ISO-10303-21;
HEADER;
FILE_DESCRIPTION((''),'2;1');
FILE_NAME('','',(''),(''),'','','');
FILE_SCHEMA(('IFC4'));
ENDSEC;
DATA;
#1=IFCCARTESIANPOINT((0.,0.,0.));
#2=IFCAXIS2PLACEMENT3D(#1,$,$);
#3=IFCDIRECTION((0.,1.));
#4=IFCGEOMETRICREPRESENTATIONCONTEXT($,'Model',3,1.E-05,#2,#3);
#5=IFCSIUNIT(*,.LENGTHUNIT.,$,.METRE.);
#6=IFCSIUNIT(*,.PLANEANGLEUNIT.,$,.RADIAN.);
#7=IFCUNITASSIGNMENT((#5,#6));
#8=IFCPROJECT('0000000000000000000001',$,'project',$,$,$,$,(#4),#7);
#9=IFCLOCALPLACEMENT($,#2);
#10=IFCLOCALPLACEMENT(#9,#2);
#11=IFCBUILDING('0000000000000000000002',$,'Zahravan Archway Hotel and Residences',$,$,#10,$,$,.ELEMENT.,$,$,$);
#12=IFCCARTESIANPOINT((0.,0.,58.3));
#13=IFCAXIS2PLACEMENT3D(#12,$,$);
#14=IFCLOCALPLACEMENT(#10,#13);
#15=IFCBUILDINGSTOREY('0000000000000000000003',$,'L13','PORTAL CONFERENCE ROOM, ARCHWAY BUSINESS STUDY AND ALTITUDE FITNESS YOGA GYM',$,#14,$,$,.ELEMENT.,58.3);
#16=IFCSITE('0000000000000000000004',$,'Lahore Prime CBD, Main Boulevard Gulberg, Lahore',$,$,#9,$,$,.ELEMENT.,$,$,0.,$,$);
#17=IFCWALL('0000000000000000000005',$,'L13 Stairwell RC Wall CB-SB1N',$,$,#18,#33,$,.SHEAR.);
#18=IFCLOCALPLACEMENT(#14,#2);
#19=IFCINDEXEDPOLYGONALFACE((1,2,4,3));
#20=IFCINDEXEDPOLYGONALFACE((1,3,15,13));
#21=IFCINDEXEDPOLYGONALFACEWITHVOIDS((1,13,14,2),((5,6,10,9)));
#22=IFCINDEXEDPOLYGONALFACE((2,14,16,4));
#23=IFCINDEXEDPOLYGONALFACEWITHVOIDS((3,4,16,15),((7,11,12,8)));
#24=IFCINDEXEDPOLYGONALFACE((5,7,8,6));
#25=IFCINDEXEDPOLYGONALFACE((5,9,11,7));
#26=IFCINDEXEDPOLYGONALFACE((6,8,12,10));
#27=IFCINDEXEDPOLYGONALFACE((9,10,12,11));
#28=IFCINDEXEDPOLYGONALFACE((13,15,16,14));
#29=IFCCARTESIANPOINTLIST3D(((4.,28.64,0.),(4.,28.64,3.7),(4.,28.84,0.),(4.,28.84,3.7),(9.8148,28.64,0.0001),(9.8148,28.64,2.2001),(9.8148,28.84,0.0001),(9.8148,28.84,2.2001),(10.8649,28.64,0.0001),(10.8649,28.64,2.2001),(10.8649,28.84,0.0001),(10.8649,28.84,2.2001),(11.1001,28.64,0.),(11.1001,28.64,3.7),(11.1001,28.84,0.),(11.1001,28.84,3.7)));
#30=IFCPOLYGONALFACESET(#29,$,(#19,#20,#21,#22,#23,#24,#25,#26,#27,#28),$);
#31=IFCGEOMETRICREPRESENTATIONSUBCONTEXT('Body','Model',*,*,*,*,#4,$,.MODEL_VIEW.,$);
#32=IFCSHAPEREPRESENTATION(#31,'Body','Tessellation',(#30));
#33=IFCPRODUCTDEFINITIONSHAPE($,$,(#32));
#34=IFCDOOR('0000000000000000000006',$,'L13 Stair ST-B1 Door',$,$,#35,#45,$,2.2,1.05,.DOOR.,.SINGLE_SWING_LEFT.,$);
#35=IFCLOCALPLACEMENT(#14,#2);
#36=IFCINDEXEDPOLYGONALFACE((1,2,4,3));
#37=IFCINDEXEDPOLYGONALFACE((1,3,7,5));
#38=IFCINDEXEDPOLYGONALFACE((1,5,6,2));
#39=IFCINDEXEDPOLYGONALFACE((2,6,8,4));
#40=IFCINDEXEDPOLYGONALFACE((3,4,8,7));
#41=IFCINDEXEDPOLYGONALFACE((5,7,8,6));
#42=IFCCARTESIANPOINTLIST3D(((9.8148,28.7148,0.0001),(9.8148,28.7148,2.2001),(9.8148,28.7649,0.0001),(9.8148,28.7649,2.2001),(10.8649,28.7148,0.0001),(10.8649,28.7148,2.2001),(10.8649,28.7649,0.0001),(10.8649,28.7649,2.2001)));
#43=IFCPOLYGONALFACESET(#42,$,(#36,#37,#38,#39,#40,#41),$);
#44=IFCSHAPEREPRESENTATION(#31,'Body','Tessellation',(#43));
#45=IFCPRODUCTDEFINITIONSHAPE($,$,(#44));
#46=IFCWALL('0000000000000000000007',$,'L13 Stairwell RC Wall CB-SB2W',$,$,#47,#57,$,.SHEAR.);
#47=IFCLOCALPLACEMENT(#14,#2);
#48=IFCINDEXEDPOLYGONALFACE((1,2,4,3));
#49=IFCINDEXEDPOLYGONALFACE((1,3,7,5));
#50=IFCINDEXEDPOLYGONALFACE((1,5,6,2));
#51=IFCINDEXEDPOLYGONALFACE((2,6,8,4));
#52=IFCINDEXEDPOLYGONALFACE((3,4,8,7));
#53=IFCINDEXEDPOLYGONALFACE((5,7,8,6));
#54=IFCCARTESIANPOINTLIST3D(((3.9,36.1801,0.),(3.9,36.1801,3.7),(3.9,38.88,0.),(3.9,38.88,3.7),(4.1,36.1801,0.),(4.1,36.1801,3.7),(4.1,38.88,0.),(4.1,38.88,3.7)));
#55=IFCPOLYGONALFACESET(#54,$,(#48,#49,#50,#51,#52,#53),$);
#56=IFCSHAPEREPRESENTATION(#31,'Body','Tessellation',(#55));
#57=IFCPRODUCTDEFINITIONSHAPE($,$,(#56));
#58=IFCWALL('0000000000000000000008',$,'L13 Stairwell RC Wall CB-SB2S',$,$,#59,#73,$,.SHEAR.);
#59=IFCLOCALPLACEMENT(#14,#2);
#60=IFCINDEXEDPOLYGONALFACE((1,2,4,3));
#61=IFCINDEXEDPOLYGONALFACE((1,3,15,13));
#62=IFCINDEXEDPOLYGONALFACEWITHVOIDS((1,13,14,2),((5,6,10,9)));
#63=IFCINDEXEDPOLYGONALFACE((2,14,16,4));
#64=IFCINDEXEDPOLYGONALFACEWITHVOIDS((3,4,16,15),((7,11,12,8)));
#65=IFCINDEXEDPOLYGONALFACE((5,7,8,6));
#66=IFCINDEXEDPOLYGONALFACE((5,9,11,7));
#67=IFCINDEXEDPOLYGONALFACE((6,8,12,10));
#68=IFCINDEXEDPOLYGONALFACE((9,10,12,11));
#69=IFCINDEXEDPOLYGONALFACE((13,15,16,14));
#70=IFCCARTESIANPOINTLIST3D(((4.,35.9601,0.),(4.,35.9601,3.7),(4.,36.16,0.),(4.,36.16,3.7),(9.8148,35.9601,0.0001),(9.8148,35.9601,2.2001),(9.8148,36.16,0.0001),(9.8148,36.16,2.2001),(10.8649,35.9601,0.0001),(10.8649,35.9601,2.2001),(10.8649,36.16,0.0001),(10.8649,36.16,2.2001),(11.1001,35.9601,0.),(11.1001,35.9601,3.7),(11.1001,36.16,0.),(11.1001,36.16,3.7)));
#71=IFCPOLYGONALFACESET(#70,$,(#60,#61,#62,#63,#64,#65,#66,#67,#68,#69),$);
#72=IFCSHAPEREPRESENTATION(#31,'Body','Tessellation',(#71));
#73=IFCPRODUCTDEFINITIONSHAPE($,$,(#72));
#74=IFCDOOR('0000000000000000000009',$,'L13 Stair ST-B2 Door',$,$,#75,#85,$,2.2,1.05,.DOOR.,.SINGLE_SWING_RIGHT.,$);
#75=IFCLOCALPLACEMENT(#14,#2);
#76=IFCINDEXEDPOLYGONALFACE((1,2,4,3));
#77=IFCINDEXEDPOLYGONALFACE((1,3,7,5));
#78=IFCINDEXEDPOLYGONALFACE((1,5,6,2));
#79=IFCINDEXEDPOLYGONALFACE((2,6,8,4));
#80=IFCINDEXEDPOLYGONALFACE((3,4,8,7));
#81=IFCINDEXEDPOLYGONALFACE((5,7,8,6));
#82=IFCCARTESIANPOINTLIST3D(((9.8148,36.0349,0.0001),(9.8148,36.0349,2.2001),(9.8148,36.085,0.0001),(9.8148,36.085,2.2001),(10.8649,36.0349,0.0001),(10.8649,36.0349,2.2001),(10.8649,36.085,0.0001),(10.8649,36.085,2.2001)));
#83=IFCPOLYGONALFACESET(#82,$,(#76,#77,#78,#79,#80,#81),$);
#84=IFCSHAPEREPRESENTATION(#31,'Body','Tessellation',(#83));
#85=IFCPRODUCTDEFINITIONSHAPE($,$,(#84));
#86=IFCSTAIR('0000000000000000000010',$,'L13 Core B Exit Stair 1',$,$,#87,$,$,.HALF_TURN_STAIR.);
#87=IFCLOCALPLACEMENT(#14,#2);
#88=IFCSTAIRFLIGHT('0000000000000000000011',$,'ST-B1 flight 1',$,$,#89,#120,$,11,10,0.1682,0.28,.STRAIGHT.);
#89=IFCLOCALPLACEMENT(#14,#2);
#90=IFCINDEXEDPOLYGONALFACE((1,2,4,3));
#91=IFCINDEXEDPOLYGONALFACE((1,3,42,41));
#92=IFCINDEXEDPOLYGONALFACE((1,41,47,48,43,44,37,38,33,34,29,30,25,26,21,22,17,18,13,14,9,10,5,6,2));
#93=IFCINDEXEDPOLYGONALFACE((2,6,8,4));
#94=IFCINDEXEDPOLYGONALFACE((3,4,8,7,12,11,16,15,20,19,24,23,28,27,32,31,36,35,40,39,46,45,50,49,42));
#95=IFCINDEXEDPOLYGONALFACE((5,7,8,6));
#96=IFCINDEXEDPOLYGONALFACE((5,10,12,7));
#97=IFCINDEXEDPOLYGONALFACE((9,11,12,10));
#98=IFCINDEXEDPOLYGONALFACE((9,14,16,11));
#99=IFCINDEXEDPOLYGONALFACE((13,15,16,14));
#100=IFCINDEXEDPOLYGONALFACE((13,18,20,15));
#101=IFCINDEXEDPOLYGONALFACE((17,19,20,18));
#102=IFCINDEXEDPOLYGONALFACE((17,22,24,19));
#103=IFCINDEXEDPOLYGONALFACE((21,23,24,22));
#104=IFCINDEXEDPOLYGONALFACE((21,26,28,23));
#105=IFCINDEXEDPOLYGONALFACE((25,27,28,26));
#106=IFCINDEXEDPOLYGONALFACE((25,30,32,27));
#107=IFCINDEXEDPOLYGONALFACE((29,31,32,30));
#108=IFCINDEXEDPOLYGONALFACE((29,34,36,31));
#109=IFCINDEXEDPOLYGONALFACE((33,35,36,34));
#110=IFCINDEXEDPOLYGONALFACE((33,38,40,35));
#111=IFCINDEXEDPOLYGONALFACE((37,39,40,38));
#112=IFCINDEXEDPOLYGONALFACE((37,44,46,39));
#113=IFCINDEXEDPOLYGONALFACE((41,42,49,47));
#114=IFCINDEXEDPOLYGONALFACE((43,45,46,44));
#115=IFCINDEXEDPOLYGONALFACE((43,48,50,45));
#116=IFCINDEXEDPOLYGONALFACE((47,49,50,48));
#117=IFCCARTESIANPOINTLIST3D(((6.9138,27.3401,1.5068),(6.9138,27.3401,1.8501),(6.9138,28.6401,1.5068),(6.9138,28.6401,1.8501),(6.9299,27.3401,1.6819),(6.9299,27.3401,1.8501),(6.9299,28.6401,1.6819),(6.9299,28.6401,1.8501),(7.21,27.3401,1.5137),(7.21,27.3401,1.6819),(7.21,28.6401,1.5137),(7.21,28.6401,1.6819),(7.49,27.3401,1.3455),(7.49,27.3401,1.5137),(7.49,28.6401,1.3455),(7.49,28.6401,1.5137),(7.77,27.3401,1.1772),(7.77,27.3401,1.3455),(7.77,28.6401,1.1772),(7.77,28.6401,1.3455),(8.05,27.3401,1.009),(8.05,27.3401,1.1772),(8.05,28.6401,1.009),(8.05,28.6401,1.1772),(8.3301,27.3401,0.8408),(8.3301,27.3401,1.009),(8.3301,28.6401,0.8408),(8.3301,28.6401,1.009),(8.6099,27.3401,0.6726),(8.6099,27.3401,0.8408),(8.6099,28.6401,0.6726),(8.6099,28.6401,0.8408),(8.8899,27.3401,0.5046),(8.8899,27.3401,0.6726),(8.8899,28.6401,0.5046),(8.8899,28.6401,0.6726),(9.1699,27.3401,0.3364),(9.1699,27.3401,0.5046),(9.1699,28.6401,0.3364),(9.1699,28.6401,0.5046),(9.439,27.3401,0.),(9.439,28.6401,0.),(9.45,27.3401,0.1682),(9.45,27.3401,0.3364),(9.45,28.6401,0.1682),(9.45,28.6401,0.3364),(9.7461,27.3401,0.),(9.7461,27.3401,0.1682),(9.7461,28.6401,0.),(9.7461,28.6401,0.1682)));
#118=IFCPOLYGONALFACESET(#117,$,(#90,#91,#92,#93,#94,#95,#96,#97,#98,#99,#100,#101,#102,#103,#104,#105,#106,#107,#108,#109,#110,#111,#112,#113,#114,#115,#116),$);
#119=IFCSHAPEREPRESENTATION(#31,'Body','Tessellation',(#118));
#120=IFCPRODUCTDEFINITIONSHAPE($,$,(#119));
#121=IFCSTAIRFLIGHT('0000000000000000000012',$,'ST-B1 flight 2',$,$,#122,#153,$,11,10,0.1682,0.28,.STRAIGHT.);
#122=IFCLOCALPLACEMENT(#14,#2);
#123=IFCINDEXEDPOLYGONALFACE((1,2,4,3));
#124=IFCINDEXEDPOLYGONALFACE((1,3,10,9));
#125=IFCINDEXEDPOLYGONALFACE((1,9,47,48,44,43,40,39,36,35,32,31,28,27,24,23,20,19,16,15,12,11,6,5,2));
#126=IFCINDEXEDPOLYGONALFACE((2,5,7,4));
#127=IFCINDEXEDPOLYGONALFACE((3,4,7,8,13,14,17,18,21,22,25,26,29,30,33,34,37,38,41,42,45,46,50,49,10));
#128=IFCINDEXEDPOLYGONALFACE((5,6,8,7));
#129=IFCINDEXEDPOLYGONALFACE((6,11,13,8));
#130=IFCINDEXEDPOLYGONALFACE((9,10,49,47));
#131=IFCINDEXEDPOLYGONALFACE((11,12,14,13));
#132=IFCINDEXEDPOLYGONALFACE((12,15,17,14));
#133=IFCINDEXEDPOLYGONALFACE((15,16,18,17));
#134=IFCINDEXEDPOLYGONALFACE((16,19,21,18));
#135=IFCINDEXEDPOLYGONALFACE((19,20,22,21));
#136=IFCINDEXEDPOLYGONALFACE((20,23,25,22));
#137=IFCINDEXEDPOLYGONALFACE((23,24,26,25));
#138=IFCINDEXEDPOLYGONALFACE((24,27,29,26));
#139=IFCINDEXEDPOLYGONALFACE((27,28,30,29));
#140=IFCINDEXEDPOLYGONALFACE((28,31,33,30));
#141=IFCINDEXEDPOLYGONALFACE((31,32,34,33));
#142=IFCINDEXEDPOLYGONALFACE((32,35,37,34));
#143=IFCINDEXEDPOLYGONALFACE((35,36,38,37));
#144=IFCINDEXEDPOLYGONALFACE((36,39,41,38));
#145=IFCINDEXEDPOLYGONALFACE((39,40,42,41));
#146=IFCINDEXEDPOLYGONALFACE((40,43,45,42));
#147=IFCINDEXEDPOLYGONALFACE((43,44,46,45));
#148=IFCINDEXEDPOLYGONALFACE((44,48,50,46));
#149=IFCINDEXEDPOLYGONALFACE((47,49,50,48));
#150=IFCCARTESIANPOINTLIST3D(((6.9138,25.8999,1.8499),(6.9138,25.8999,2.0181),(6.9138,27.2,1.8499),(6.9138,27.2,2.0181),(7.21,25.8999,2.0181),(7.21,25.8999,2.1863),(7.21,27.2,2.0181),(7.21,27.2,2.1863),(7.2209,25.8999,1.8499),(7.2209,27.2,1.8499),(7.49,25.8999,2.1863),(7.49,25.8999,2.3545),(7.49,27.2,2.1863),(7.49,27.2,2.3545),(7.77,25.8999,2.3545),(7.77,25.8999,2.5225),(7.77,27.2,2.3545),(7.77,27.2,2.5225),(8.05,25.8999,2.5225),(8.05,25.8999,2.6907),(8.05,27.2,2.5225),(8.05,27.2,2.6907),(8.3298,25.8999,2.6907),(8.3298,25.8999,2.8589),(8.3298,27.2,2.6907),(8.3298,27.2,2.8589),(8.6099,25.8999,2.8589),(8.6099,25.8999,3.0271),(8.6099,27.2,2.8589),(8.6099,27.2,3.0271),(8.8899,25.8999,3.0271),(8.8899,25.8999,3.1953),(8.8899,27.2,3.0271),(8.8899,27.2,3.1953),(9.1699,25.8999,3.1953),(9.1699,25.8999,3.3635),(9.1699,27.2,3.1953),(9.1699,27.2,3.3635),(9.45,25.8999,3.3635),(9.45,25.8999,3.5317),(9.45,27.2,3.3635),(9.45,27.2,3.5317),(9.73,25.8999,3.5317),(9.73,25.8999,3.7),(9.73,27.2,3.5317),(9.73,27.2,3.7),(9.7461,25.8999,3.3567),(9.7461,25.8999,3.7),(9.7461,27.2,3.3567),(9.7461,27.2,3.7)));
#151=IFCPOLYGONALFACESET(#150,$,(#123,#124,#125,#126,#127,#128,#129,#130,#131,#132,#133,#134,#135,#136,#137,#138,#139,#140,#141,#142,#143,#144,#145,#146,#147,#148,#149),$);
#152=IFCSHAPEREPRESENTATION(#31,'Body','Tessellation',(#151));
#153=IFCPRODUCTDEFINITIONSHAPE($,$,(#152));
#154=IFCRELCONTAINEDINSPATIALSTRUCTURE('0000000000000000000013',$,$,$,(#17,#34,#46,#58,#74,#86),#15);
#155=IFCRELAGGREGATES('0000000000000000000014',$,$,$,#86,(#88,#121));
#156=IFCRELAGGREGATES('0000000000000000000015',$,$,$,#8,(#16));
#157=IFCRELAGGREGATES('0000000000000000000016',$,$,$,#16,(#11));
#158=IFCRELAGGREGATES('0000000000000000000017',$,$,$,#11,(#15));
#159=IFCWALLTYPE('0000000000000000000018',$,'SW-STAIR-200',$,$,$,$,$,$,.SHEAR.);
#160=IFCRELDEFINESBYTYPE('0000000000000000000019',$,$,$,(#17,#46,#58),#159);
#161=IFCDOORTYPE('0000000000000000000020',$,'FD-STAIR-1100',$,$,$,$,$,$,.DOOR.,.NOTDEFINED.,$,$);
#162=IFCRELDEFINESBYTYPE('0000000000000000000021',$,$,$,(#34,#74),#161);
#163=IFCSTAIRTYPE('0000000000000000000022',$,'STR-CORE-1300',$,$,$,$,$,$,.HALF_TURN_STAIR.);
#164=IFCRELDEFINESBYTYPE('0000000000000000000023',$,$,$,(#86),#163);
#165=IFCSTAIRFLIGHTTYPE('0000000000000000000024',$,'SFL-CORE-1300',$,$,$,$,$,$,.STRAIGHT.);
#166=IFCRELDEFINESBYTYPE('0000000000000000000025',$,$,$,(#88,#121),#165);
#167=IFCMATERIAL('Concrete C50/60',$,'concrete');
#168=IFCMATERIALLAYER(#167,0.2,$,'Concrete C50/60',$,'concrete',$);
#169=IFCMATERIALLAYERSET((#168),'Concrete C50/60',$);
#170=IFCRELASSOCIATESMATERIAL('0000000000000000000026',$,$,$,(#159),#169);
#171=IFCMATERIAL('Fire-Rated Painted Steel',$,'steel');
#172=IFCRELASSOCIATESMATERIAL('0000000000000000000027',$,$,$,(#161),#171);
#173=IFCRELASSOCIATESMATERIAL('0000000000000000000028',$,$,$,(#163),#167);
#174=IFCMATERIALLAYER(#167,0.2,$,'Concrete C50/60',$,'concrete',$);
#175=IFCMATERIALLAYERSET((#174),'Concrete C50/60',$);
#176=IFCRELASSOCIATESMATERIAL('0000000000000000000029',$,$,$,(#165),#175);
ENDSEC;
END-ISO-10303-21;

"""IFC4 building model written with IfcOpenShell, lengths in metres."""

from ifc_helpers import new_model, si_unit, direction, frame, frame_2d, origin, place, context, subcontext, project, spatial, polyline, rectangle, outline, extrude, source, transform, mapped, material, layer, layer_set, type_object, type_shapes, element, fill, aggregate, save


model = new_model("IFC4")

# Units and contexts
model_context = context("Model", 3, precision=1e-05, world=origin(), true_north=direction((0.0, 1.0)))
body_context = subcontext(model_context, "Body", "Model", "MODEL_VIEW")
ifc_project = project(units=[si_unit("LENGTHUNIT", "METRE"), si_unit("PLANEANGLEUNIT", "RADIAN")], contexts=[model_context])

# Site, building, storey
site_placement = place(None, origin())
site = spatial("IfcSite", under=ifc_project, at=site_placement, Name="Lahore Prime CBD, Main Boulevard Gulberg, Lahore", CompositionType="ELEMENT", RefElevation=0.0)
building_placement = place(site_placement, origin())
building = spatial("IfcBuilding", under=site, at=building_placement, Name="Zahravan Archway Hotel and Residences", CompositionType="ELEMENT")
storey_placement = place(building_placement, frame((0.0, 0.0, 58.3)))
storey = spatial("IfcBuildingStorey", under=building, at=storey_placement, Name="L13", Description="PORTAL CONFERENCE ROOM, ARCHWAY BUSINESS STUDY AND ALTITUDE FITNESS YOGA GYM", CompositionType="ELEMENT", Elevation=58.3)

# Shared definitions
ifc_material_1 = material(Name="Fire-Rated Painted Steel", Category="steel")

# Shared definitions
ifc_material_2 = material(Name="Concrete C50/60", Category="concrete")
ifc_layer_1 = layer(ifc_material_2, 0.2, Name="Concrete C50/60", Category="concrete")
ifc_layer_set_1 = layer_set([ifc_layer_1], Name="Concrete C50/60")
wall_type_1 = type_object("IfcWallType", Name="SW-STAIR-200", PredefinedType="SHEAR", material=ifc_layer_set_1)

# Wall, opening, door
wall_1_placement = place(storey_placement, frame((4.0, 28.74, 0.0), z_axis=(0.0, 0.0, 1.0), x_axis=(1.0, 0.0, 0.0)))
wall_1 = element("IfcWall", 1, at=wall_1_placement, inside=storey, type_object=wall_type_1, Name="L13 Stairwell RC Wall CB-SB1N", PredefinedType="SHEAR", context=body_context, shape_type="SweptSolid", body=[
    extrude(rectangle(XDim=7.1001, YDim=0.2, at=frame_2d((3.55, 0.0))), origin(), (0.0, 0.0, 1.0), 3.7),
])
opening_1_placement = place(wall_1_placement, frame((5.8149, 0.0, 0.0)))
opening_1 = element("IfcOpeningElement", 2, at=opening_1_placement, cuts=wall_1, PredefinedType="OPENING", context=body_context, shape_type="SweptSolid", body=[
    extrude(rectangle(XDim=1.05, YDim=2.2, at=frame_2d((0.5249, 1.1001))), frame((0.0, 0.1099, 0.0), z_axis=(0.0, -1.0, 0.0), x_axis=(1.0, 0.0, 0.0)), (0.0, 0.0, 1.0), 0.22),
])
door_type_1 = type_object("IfcDoorType", Name="FD-STAIR-1100", OperationType="NOTDEFINED", PredefinedType="DOOR", material=ifc_material_1)
shared_shape_1 = source(origin(), body_context, "Body", "SweptSolid", [
    extrude(rectangle(XDim=1.05, YDim=2.2, at=frame_2d((0.5249, 1.1001))), frame((0.0, 0.0249, 0.0), z_axis=(0.0, -1.0, 0.0), x_axis=(1.0, 0.0, 0.0)), (0.0, 0.0, 1.0), 0.05),
])
type_shapes(door_type_1, [shared_shape_1])
door_1_placement = place(opening_1_placement, origin())
door_1 = element("IfcDoor", 3, at=door_1_placement, inside=storey, type_object=door_type_1, Name="L13 Stair ST-B1 Door", OperationType="SINGLE_SWING_LEFT", OverallHeight=2.2, OverallWidth=1.05, PredefinedType="DOOR", context=body_context, shape_type="MappedRepresentation", body=[
    mapped(shared_shape_1, transform((0.0, 0.0, 0.0), scale=1.0)),
])
fill(opening_1, door_1)

# Wall
wall_2_placement = place(storey_placement, frame((4.0, 36.1799, 0.0), z_axis=(0.0, 0.0, 1.0), x_axis=(0.0, 1.0, 0.0)))
element("IfcWall", 4, at=wall_2_placement, inside=storey, type_object=wall_type_1, Name="L13 Stairwell RC Wall CB-SB2W", PredefinedType="SHEAR", context=body_context, shape_type="SweptSolid", body=[
    extrude(rectangle(XDim=2.7, YDim=0.2, at=frame_2d((1.3501, 0.0))), origin(), (0.0, 0.0, 1.0), 3.7),
])

# Wall, opening, door
wall_3_placement = place(storey_placement, frame((4.0, 36.0601, 0.0), z_axis=(0.0, 0.0, 1.0), x_axis=(1.0, 0.0, 0.0)))
wall_3 = element("IfcWall", 5, at=wall_3_placement, inside=storey, type_object=wall_type_1, Name="L13 Stairwell RC Wall CB-SB2S", PredefinedType="SHEAR", context=body_context, shape_type="SweptSolid", body=[
    extrude(rectangle(XDim=7.1001, YDim=0.2, at=frame_2d((3.55, 0.0))), origin(), (0.0, 0.0, 1.0), 3.7),
])
opening_2_placement = place(wall_3_placement, frame((5.8149, 0.0, 0.0)))
opening_2 = element("IfcOpeningElement", 6, at=opening_2_placement, cuts=wall_3, PredefinedType="OPENING", context=body_context, shape_type="SweptSolid", body=[
    extrude(rectangle(XDim=1.05, YDim=2.2, at=frame_2d((0.5249, 1.1001))), frame((0.0, 0.1099, 0.0), z_axis=(0.0, -1.0, 0.0), x_axis=(1.0, 0.0, 0.0)), (0.0, 0.0, 1.0), 0.22),
])
door_2_placement = place(opening_2_placement, origin())
door_2 = element("IfcDoor", 7, at=door_2_placement, inside=storey, type_object=door_type_1, Name="L13 Stair ST-B2 Door", OperationType="SINGLE_SWING_RIGHT", OverallHeight=2.2, OverallWidth=1.05, PredefinedType="DOOR", context=body_context, shape_type="MappedRepresentation", body=[
    mapped(shared_shape_1, transform((0.0, 0.0, 0.0), scale=1.0)),
])
fill(opening_2, door_2)

# Stair, stair flights
stair_type = type_object("IfcStairType", Name="STR-CORE-1300", PredefinedType="HALF_TURN_STAIR", material=ifc_material_2)
stair_placement = place(storey_placement, origin())
stair = element("IfcStair", 8, at=stair_placement, inside=storey, type_object=stair_type, Name="L13 Core B Exit Stair 1", PredefinedType="HALF_TURN_STAIR")
ifc_layer_2 = layer(ifc_material_2, 0.2, Name="Concrete C50/60", Category="concrete")
ifc_layer_set_2 = layer_set([ifc_layer_2], Name="Concrete C50/60")
stair_flight_type = type_object("IfcStairFlightType", Name="SFL-CORE-1300", PredefinedType="STRAIGHT", material=ifc_layer_set_2)
shared_shape_2 = source(origin(), body_context, "Body", "SweptSolid", [
    extrude(outline(polyline([(-0.0161, 0.0), (-0.0161, 0.1682), (0.28, 0.1682), (0.28, 0.3364), (0.5601, 0.3364), (0.5601, 0.5046), (0.8401, 0.5046), (0.8401, 0.6726), (1.1201, 0.6726), (1.1201, 0.8408), (1.3999, 0.8408), (1.3999, 1.009), (1.6799, 1.009), (1.6799, 1.1772), (1.96, 1.1772), (1.96, 1.3455), (2.24, 1.3455), (2.24, 1.5137), (2.52, 1.5137), (2.52, 1.6819), (2.8, 1.6819), (2.8, 1.8501), (2.8162, 1.8501), (2.8162, 1.5068), (0.291, 0.0), (-0.0161, 0.0)])), frame((0.0, 0.6499, 0.0), z_axis=(0.0, -1.0, 0.0), x_axis=(1.0, 0.0, 0.0)), (0.0, 0.0, 1.0), 1.3),
])
stair_flight_1_placement = place(storey_placement, frame((9.73, 27.99, 0.0), z_axis=(0.0, 0.0, 1.0), x_axis=(-1.0, 0.0, 0.0)))
stair_flight_1 = element("IfcStairFlight", 9, at=stair_flight_1_placement, type_object=stair_flight_type, Name="ST-B1 flight 1", NumberOfRisers=11, NumberOfTreads=10, PredefinedType="STRAIGHT", RiserHeight=0.1682, TreadLength=0.28, context=body_context, shape_type="MappedRepresentation", body=[
    mapped(shared_shape_2, transform((0.0, 0.0, 0.0), scale=1.0)),
])
stair_flight_2_placement = place(storey_placement, frame((6.9299, 26.55, 1.8499), z_axis=(0.0, 0.0, 1.0), x_axis=(1.0, 0.0, 0.0)))
stair_flight_2 = element("IfcStairFlight", 10, at=stair_flight_2_placement, type_object=stair_flight_type, Name="ST-B1 flight 2", NumberOfRisers=11, NumberOfTreads=10, PredefinedType="STRAIGHT", RiserHeight=0.1682, TreadLength=0.28, context=body_context, shape_type="MappedRepresentation", body=[
    mapped(shared_shape_2, transform((0.0, 0.0, 0.0), scale=1.0)),
])
aggregate(stair, [stair_flight_1, stair_flight_2])

save(model, "model.ifc")
